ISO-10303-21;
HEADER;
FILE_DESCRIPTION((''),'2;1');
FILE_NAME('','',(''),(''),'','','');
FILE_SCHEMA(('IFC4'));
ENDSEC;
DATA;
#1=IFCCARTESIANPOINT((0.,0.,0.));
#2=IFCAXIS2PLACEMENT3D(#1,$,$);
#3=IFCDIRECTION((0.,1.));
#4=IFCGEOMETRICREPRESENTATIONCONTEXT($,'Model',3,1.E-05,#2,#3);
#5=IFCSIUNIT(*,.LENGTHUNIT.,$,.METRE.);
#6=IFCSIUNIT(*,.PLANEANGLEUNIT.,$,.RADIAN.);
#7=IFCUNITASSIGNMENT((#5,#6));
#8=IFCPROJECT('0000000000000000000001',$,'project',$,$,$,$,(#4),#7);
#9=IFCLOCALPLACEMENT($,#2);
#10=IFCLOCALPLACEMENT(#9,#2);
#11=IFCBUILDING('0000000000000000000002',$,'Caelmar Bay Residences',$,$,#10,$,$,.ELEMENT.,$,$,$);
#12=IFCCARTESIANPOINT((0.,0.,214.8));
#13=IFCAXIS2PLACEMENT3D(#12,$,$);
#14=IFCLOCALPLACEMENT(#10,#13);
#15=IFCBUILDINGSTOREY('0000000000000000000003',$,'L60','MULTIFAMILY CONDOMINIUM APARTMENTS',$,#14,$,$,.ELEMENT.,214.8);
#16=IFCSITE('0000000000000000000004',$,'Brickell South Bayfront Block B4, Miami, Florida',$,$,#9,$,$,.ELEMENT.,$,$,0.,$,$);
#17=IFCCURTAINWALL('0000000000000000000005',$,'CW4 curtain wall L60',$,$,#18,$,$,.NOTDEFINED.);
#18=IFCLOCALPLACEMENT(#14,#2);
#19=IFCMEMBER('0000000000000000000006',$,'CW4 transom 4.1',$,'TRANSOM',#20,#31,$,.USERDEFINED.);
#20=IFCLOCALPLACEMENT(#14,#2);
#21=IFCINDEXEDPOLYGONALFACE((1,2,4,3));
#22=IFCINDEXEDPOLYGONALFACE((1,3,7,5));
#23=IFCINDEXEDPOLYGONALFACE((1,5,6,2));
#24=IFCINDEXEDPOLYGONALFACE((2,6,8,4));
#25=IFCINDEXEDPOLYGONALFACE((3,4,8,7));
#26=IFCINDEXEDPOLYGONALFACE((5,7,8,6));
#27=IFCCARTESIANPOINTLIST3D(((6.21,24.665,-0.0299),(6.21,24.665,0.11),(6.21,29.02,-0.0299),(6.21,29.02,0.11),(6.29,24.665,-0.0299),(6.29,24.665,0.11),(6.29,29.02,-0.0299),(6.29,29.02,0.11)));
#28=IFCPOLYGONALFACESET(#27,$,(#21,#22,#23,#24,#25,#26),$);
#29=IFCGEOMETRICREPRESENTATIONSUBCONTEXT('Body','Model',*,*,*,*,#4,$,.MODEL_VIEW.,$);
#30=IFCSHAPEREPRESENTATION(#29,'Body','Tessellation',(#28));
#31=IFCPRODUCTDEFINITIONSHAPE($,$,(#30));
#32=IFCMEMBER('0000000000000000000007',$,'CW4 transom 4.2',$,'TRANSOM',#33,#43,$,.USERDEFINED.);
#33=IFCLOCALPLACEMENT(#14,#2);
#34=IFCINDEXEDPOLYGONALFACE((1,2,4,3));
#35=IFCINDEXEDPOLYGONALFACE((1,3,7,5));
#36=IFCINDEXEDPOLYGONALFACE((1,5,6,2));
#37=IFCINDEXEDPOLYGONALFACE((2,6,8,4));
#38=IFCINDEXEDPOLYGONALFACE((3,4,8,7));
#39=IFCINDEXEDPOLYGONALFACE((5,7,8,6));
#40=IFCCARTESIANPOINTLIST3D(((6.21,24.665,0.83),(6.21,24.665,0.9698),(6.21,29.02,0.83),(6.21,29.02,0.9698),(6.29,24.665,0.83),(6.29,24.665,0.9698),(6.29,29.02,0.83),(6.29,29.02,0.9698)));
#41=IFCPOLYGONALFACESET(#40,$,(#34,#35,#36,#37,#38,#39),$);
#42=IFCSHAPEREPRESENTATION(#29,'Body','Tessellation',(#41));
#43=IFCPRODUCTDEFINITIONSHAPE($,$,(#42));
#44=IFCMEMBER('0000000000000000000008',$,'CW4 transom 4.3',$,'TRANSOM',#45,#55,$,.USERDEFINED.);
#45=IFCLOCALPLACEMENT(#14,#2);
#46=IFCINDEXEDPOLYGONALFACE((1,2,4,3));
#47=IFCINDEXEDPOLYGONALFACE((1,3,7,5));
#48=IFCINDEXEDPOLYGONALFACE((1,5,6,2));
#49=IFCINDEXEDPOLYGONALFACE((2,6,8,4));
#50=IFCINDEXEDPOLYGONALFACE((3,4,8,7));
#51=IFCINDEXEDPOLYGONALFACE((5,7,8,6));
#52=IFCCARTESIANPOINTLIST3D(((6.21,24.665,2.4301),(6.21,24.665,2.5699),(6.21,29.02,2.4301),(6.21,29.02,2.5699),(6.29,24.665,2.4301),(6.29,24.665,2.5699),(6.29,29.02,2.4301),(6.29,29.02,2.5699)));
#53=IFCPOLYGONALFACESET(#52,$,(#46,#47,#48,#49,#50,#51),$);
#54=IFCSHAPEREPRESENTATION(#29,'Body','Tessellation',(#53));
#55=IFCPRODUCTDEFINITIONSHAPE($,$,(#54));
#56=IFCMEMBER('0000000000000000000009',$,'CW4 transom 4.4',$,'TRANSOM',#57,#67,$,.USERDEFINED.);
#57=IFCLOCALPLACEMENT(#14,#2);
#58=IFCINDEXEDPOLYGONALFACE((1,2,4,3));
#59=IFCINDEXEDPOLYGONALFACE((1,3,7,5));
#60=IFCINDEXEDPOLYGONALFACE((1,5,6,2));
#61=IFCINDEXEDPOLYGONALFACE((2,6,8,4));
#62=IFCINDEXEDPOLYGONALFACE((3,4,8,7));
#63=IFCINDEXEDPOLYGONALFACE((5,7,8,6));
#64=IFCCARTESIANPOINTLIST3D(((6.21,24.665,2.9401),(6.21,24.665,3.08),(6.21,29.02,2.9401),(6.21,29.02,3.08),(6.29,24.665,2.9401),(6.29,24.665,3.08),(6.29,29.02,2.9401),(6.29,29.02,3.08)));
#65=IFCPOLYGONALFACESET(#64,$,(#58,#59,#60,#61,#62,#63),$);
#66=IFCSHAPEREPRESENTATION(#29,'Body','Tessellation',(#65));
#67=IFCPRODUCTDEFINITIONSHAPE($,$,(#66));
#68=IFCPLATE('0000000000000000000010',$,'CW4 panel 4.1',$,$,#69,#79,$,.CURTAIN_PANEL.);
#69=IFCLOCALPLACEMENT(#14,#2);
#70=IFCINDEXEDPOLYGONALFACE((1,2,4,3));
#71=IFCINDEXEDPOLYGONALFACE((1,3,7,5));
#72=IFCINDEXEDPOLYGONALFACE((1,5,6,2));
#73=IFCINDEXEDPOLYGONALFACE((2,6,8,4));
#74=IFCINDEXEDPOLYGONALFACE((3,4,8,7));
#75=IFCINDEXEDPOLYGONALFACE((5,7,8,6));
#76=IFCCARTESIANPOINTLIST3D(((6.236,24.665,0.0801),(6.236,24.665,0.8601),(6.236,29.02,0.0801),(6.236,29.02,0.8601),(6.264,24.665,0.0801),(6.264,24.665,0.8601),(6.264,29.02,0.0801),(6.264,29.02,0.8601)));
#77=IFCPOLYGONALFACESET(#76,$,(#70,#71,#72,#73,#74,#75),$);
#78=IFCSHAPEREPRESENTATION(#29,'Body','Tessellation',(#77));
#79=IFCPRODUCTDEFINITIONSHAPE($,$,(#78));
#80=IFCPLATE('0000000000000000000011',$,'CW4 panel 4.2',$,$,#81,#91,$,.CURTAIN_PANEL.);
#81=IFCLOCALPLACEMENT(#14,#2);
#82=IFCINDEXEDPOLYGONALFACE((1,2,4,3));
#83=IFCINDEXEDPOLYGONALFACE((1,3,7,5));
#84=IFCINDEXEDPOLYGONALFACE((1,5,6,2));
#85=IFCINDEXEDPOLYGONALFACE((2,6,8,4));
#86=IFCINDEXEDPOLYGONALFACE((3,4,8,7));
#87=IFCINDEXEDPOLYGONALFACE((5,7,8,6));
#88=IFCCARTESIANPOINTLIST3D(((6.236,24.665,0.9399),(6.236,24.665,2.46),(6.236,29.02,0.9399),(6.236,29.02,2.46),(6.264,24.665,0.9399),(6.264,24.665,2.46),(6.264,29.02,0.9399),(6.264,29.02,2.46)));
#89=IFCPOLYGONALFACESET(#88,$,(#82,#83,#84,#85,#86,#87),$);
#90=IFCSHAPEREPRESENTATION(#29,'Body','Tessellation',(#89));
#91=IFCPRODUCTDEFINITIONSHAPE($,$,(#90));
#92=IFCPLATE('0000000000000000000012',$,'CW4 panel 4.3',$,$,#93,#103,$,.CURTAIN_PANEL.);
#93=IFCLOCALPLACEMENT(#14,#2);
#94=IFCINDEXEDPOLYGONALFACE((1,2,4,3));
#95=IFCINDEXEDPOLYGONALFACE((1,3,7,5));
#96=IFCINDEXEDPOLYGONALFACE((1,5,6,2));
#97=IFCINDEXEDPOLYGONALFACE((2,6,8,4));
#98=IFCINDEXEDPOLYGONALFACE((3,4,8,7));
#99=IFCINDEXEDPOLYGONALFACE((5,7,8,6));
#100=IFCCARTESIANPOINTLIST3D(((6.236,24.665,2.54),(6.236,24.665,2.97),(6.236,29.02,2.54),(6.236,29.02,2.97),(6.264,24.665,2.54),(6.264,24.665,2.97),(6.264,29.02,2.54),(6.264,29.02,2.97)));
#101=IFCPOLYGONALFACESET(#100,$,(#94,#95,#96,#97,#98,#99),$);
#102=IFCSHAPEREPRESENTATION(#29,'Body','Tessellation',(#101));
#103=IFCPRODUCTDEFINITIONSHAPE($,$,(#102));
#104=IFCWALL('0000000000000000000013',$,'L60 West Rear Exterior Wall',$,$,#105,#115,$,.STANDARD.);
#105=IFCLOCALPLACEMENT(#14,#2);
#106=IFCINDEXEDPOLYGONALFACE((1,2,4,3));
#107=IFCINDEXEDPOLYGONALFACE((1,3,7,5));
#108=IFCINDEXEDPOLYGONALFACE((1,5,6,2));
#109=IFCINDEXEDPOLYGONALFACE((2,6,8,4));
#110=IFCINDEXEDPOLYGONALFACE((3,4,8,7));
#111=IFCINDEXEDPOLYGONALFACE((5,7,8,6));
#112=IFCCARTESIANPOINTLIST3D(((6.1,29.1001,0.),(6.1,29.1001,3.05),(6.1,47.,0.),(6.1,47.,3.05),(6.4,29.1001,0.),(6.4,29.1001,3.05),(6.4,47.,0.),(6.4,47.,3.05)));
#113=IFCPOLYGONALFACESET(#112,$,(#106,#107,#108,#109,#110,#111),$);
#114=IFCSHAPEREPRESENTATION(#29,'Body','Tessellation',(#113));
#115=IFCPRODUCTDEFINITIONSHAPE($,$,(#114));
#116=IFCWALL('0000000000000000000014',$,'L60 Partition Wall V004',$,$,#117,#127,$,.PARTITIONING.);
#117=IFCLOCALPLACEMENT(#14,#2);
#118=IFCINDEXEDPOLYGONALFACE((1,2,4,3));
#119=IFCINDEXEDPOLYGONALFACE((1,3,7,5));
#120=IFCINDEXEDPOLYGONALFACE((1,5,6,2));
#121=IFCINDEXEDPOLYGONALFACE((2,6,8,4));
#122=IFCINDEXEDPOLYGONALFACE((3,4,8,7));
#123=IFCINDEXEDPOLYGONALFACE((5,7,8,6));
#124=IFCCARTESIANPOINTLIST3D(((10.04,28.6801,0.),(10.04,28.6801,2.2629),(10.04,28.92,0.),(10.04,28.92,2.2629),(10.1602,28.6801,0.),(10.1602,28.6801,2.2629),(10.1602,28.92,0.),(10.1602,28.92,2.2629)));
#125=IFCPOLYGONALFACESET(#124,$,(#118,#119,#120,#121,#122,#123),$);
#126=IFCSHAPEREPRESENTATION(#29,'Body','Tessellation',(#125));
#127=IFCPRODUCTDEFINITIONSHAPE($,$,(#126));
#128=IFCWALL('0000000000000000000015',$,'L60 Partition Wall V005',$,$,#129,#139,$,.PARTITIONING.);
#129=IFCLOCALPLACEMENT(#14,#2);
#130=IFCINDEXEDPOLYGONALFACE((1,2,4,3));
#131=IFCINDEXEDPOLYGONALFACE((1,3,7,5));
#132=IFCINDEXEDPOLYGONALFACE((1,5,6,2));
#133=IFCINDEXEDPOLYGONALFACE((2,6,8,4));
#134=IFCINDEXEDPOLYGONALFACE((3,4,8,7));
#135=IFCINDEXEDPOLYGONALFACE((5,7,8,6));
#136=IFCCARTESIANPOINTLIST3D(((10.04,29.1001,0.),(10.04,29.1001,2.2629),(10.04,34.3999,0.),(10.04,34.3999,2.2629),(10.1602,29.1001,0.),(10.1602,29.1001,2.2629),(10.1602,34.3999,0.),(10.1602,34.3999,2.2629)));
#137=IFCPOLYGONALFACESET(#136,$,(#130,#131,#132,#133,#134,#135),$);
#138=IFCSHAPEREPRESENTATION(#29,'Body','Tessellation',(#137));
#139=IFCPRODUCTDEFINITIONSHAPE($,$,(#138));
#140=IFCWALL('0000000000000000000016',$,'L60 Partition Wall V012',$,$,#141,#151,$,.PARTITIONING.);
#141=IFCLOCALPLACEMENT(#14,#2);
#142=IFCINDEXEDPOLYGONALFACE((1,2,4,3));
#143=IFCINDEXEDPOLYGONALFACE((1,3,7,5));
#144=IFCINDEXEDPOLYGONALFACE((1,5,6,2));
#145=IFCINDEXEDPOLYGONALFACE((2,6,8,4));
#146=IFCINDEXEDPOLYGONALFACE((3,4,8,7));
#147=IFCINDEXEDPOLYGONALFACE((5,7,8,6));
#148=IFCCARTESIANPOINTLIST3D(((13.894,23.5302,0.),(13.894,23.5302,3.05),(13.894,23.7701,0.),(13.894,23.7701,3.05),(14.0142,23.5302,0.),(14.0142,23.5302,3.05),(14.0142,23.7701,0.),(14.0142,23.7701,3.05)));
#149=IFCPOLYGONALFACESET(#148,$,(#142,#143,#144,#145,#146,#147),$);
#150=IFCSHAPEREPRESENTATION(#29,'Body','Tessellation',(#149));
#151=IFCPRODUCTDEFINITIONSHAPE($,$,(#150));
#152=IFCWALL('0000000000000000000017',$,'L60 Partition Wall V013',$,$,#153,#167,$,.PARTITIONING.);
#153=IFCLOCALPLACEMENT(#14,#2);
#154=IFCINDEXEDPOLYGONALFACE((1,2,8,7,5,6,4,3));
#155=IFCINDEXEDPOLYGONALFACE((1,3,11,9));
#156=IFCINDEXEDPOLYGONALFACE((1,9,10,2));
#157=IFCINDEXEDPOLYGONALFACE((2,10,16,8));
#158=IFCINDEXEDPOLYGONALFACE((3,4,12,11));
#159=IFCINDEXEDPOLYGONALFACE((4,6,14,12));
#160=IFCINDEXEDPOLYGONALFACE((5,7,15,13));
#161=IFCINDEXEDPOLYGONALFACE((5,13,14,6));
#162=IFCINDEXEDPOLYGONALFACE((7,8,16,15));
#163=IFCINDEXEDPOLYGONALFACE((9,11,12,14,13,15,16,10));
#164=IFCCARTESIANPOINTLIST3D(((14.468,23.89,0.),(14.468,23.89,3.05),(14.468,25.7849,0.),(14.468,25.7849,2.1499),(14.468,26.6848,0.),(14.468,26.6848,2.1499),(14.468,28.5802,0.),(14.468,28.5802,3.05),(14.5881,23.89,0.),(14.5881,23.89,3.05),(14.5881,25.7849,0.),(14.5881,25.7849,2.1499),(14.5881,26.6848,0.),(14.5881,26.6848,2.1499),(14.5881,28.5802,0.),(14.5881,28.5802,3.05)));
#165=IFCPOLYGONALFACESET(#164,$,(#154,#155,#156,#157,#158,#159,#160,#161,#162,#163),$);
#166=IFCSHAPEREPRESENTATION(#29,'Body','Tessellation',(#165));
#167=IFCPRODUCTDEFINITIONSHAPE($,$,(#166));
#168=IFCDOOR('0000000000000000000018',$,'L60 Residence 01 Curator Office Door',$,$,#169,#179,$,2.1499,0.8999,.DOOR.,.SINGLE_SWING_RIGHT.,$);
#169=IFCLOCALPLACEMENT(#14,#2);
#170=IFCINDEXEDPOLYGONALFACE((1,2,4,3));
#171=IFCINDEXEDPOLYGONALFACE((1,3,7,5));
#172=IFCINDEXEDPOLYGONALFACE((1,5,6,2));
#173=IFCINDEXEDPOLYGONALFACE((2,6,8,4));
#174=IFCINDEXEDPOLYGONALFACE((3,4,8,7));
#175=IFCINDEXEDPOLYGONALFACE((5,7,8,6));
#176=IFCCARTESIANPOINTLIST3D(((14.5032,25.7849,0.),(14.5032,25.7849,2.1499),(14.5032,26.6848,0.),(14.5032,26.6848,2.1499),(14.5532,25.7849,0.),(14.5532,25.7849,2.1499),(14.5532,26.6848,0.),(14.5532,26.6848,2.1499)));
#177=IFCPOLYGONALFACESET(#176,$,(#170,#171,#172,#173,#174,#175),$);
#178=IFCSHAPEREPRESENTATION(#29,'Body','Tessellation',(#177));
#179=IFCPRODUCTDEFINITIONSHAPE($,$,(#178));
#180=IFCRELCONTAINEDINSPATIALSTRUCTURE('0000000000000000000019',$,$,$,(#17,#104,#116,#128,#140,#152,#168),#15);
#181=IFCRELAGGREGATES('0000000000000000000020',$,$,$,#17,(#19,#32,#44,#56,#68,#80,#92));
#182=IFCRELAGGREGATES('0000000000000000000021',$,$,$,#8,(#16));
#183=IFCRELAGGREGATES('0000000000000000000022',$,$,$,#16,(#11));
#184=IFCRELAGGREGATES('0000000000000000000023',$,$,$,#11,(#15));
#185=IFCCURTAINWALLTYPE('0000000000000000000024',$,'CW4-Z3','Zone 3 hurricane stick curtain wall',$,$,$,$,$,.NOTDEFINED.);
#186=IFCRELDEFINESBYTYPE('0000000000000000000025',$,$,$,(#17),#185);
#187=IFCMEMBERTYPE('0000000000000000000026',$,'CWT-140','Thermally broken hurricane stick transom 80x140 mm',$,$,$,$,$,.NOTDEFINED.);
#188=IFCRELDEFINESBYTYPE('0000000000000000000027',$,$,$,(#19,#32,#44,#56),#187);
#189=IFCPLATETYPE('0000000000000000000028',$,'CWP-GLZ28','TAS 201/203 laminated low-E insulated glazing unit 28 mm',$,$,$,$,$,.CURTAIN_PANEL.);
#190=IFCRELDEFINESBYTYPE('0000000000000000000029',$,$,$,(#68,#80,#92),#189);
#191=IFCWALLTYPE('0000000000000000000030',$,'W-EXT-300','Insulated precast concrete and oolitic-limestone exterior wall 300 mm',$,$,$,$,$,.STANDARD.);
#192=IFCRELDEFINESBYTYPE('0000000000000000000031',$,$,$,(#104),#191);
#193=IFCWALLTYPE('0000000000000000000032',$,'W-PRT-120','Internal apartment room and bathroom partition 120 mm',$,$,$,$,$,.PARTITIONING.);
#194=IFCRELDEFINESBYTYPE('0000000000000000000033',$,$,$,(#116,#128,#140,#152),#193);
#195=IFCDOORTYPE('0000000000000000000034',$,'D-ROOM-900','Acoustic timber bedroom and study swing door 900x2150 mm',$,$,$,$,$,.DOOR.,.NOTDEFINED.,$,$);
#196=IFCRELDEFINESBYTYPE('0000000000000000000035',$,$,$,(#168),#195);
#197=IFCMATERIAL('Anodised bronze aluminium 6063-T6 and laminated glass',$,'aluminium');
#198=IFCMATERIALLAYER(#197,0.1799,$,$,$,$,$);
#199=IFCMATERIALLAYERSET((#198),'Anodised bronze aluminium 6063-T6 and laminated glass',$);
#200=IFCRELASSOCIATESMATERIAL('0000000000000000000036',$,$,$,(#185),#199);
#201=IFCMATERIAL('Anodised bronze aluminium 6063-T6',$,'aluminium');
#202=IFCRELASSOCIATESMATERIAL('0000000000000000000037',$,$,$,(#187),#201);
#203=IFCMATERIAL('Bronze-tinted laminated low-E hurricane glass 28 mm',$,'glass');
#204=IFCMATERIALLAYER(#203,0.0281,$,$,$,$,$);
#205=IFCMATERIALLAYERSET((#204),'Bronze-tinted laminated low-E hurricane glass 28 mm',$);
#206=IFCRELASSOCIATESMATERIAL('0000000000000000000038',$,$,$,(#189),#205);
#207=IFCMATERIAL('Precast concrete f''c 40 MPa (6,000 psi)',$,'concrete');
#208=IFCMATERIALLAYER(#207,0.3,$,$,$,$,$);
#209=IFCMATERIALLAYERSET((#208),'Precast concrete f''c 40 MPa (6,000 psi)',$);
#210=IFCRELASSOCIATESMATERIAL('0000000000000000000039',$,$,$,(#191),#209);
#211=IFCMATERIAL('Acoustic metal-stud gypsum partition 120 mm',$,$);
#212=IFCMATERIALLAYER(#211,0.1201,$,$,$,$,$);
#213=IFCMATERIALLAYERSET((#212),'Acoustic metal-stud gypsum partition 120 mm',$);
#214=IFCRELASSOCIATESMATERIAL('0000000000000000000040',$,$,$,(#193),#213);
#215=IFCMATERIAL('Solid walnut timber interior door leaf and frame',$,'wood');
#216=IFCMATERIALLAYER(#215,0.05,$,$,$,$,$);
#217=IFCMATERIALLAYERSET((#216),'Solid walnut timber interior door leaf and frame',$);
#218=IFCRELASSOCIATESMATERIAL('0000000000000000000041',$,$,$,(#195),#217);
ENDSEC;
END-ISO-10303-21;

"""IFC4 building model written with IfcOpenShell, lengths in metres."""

from ifc_helpers import new_model, si_unit, direction, frame, frame_2d, origin, origin_2d, place, context, subcontext, project, spatial, rectangle, extrude, material, layer, layer_set, material_profile, profile_set, type_object, element, fill, aggregate, save


model = new_model("IFC4")

# Units and contexts
model_context = context("Model", 3, precision=1e-05, world=origin(), true_north=direction((0.0, 1.0)))
body_context = subcontext(model_context, "Body", "Model", "MODEL_VIEW")
ifc_project = project(units=[si_unit("LENGTHUNIT", "METRE"), si_unit("PLANEANGLEUNIT", "RADIAN")], contexts=[model_context])

# Site, building, storey
site_placement = place(None, origin())
site = spatial("IfcSite", under=ifc_project, at=site_placement, Name="Brickell South Bayfront Block B4, Miami, Florida", CompositionType="ELEMENT", RefElevation=0.0)
building_placement = place(site_placement, origin())
building = spatial("IfcBuilding", under=site, at=building_placement, Name="Caelmar Bay Residences", CompositionType="ELEMENT")
storey_placement = place(building_placement, frame((0.0, 0.0, 214.8)))
storey = spatial("IfcBuildingStorey", under=building, at=storey_placement, Name="L60", Description="MULTIFAMILY CONDOMINIUM APARTMENTS", CompositionType="ELEMENT", Elevation=214.8)

# Curtain wall, members, plates
ifc_material_1 = material(Name="Anodised bronze aluminium 6063-T6 and laminated glass", Category="aluminium")
ifc_layer_1 = layer(ifc_material_1, 0.1799)
ifc_layer_set_1 = layer_set([ifc_layer_1], Name="Anodised bronze aluminium 6063-T6 and laminated glass")
curtain_wall_type = type_object("IfcCurtainWallType", Name="CW4-Z3", Description="Zone 3 hurricane stick curtain wall", PredefinedType="NOTDEFINED", material=ifc_layer_set_1)
curtain_wall_placement = place(storey_placement, origin())
curtain_wall = element("IfcCurtainWall", 1, at=curtain_wall_placement, inside=storey, type_object=curtain_wall_type, Name="CW4 curtain wall L60", PredefinedType="NOTDEFINED")
ifc_material_2 = material(Name="Anodised bronze aluminium 6063-T6", Category="aluminium")
ifc_material_profile_1 = material_profile(ifc_material_2, rectangle(XDim=0.0801, YDim=0.1399, at=origin_2d()), Name="CWT-80X140")
ifc_profile_set_1 = profile_set([ifc_material_profile_1], Name="Anodised bronze aluminium 6063-T6")
member_type_1 = type_object("IfcMemberType", Name="CWT-140", Description="Thermally broken hurricane stick transom 80x140 mm", PredefinedType="NOTDEFINED", material=ifc_profile_set_1)
member_1_placement = place(storey_placement, frame((6.25, 24.665, 0.04), z_axis=(0.0, 1.0, 0.0), x_axis=(-1.0, 0.0, 0.0)))
member_1 = element("IfcMember", 2, at=member_1_placement, type_object=member_type_1, Name="CW4 transom 4.1", ObjectType="TRANSOM", PredefinedType="USERDEFINED", context=body_context, shape_type="SweptSolid", body=[
    extrude(rectangle(XDim=0.0801, YDim=0.1399, at=origin_2d()), origin(), (0.0, 0.0, 1.0), 4.355),
])
member_2_placement = place(storey_placement, frame((6.25, 24.665, 0.8999), z_axis=(0.0, 1.0, 0.0), x_axis=(-1.0, 0.0, 0.0)))
member_2 = element("IfcMember", 3, at=member_2_placement, type_object=member_type_1, Name="CW4 transom 4.2", ObjectType="TRANSOM", PredefinedType="USERDEFINED", context=body_context, shape_type="SweptSolid", body=[
    extrude(rectangle(XDim=0.0801, YDim=0.1399, at=origin_2d()), origin(), (0.0, 0.0, 1.0), 4.355),
])
member_3_placement = place(storey_placement, frame((6.25, 24.665, 2.5), z_axis=(0.0, 1.0, 0.0), x_axis=(-1.0, 0.0, 0.0)))
member_3 = element("IfcMember", 4, at=member_3_placement, type_object=member_type_1, Name="CW4 transom 4.3", ObjectType="TRANSOM", PredefinedType="USERDEFINED", context=body_context, shape_type="SweptSolid", body=[
    extrude(rectangle(XDim=0.0801, YDim=0.1399, at=origin_2d()), origin(), (0.0, 0.0, 1.0), 4.355),
])
member_4_placement = place(storey_placement, frame((6.25, 24.665, 3.01), z_axis=(0.0, 1.0, 0.0), x_axis=(-1.0, 0.0, 0.0)))
member_4 = element("IfcMember", 5, at=member_4_placement, type_object=member_type_1, Name="CW4 transom 4.4", ObjectType="TRANSOM", PredefinedType="USERDEFINED", context=body_context, shape_type="SweptSolid", body=[
    extrude(rectangle(XDim=0.0801, YDim=0.1399, at=origin_2d()), origin(), (0.0, 0.0, 1.0), 4.355),
])
ifc_material_3 = material(Name="Bronze-tinted laminated low-E hurricane glass 28 mm", Category="glass")
ifc_layer_2 = layer(ifc_material_3, 0.0281)
ifc_layer_set_2 = layer_set([ifc_layer_2], Name="Bronze-tinted laminated low-E hurricane glass 28 mm")
plate_type = type_object("IfcPlateType", Name="CWP-GLZ28", Description="TAS 201/203 laminated low-E insulated glazing unit 28 mm", PredefinedType="CURTAIN_PANEL", material=ifc_layer_set_2)
plate_1_placement = place(storey_placement, frame((6.25, 26.8425, 0.0801), z_axis=(0.0, 0.0, 1.0), x_axis=(0.0, 1.0, 0.0)))
plate_1 = element("IfcPlate", 6, at=plate_1_placement, type_object=plate_type, Name="CW4 panel 4.1", PredefinedType="CURTAIN_PANEL", context=body_context, shape_type="SweptSolid", body=[
    extrude(rectangle(XDim=4.355, YDim=0.0281, at=origin_2d()), origin(), (0.0, 0.0, 1.0), 0.78),
])
plate_2_placement = place(storey_placement, frame((6.25, 26.8425, 0.9399), z_axis=(0.0, 0.0, 1.0), x_axis=(0.0, 1.0, 0.0)))
plate_2 = element("IfcPlate", 7, at=plate_2_placement, type_object=plate_type, Name="CW4 panel 4.2", PredefinedType="CURTAIN_PANEL", context=body_context, shape_type="SweptSolid", body=[
    extrude(rectangle(XDim=4.355, YDim=0.0281, at=origin_2d()), origin(), (0.0, 0.0, 1.0), 1.52),
])
plate_3_placement = place(storey_placement, frame((6.25, 26.8425, 2.54), z_axis=(0.0, 0.0, 1.0), x_axis=(0.0, 1.0, 0.0)))
plate_3 = element("IfcPlate", 8, at=plate_3_placement, type_object=plate_type, Name="CW4 panel 4.3", PredefinedType="CURTAIN_PANEL", context=body_context, shape_type="SweptSolid", body=[
    extrude(rectangle(XDim=4.355, YDim=0.0281, at=origin_2d()), origin(), (0.0, 0.0, 1.0), 0.4299),
])
aggregate(curtain_wall, [member_1, member_2, member_3, member_4, plate_1, plate_2, plate_3])

# Wall
ifc_material_4 = material(Name="Precast concrete f'c 40 MPa (6,000 psi)", Category="concrete")
ifc_layer_3 = layer(ifc_material_4, 0.3)
ifc_layer_set_3 = layer_set([ifc_layer_3], Name="Precast concrete f'c 40 MPa (6,000 psi)")
wall_type_1 = type_object("IfcWallType", Name="W-EXT-300", Description="Insulated precast concrete and oolitic-limestone exterior wall 300 mm", PredefinedType="STANDARD", material=ifc_layer_set_3)
wall_1_placement = place(storey_placement, frame((6.25, 29.1001, 0.0), z_axis=(0.0, 0.0, 1.0), x_axis=(0.0, 1.0, 0.0)))
element("IfcWall", 9, at=wall_1_placement, inside=storey, type_object=wall_type_1, Name="L60 West Rear Exterior Wall", PredefinedType="STANDARD", context=body_context, shape_type="SweptSolid", body=[
    extrude(rectangle(XDim=17.8999, YDim=0.3, at=frame_2d((8.95, 0.0))), origin(), (0.0, 0.0, 1.0), 3.05),
])

# Shared definitions
ifc_material_5 = material(Name="Acoustic metal-stud gypsum partition 120 mm")
ifc_layer_4 = layer(ifc_material_5, 0.1201)
ifc_layer_set_4 = layer_set([ifc_layer_4], Name="Acoustic metal-stud gypsum partition 120 mm")
wall_type_2 = type_object("IfcWallType", Name="W-PRT-120", Description="Internal apartment room and bathroom partition 120 mm", PredefinedType="PARTITIONING", material=ifc_layer_set_4)
ifc_material_6 = material(Name="Solid walnut timber interior door leaf and frame", Category="wood")
ifc_layer_5 = layer(ifc_material_6, 0.05)
ifc_layer_set_5 = layer_set([ifc_layer_5], Name="Solid walnut timber interior door leaf and frame")
door_type_1 = type_object("IfcDoorType", Name="D-ROOM-900", Description="Acoustic timber bedroom and study swing door 900x2150 mm", OperationType="NOTDEFINED", PredefinedType="DOOR", material=ifc_layer_set_5)

# Walls
wall_2_placement = place(storey_placement, frame((10.1001, 28.6799, 0.0), z_axis=(0.0, 0.0, 1.0), x_axis=(0.0, 1.0, 0.0)))
element("IfcWall", 10, at=wall_2_placement, inside=storey, type_object=wall_type_2, Name="L60 Partition Wall V004", PredefinedType="PARTITIONING", context=body_context, shape_type="SweptSolid", body=[
    extrude(rectangle(XDim=0.24, YDim=0.1201, at=frame_2d((0.1201, 0.0))), origin(), (0.0, 0.0, 1.0), 2.2629),
])
wall_3_placement = place(storey_placement, frame((10.1001, 29.1001, 0.0), z_axis=(0.0, 0.0, 1.0), x_axis=(0.0, 1.0, 0.0)))
element("IfcWall", 11, at=wall_3_placement, inside=storey, type_object=wall_type_2, Name="L60 Partition Wall V005", PredefinedType="PARTITIONING", context=body_context, shape_type="SweptSolid", body=[
    extrude(rectangle(XDim=5.2998, YDim=0.1201, at=frame_2d((2.6499, 0.0))), origin(), (0.0, 0.0, 1.0), 2.2629),
])
wall_4_placement = place(storey_placement, frame((13.9541, 23.53, 0.0), z_axis=(0.0, 0.0, 1.0), x_axis=(0.0, 1.0, 0.0)))
element("IfcWall", 12, at=wall_4_placement, inside=storey, type_object=wall_type_2, Name="L60 Partition Wall V012", PredefinedType="PARTITIONING", context=body_context, shape_type="SweptSolid", body=[
    extrude(rectangle(XDim=0.24, YDim=0.1201, at=frame_2d((0.1201, 0.0))), origin(), (0.0, 0.0, 1.0), 3.05),
])

# Wall, opening, door
wall_5_placement = place(storey_placement, frame((14.5281, 23.8899, 0.0), z_axis=(0.0, 0.0, 1.0), x_axis=(0.0, 1.0, 0.0)))
wall_5 = element("IfcWall", 13, at=wall_5_placement, inside=storey, type_object=wall_type_2, Name="L60 Partition Wall V013", PredefinedType="PARTITIONING", context=body_context, shape_type="SweptSolid", body=[
    extrude(rectangle(XDim=4.6902, YDim=0.1201, at=frame_2d((2.3452, 0.0))), origin(), (0.0, 0.0, 1.0), 3.05),
])
opening_1_placement = place(wall_5_placement, frame((1.895, 0.0, 0.0)))
opening_1 = element("IfcOpeningElement", 14, at=opening_1_placement, cuts=wall_5, PredefinedType="OPENING", context=body_context, shape_type="SweptSolid", body=[
    extrude(rectangle(XDim=0.8999, YDim=2.1499, at=frame_2d((0.45, 1.075))), frame((0.0, 0.0701, 0.0), z_axis=(0.0, -1.0, 0.0), x_axis=(1.0, 0.0, 0.0)), (0.0, 0.0, 1.0), 0.1401),
])
door_1_placement = place(opening_1_placement, origin())
door_1 = element("IfcDoor", 15, at=door_1_placement, inside=storey, type_object=door_type_1, Name="L60 Residence 01 Curator Office Door", OperationType="SINGLE_SWING_RIGHT", OverallHeight=2.1499, OverallWidth=0.8999, PredefinedType="DOOR", context=body_context, shape_type="SweptSolid", body=[
    extrude(rectangle(XDim=0.8999, YDim=2.1499, at=frame_2d((0.45, 1.075))), frame((0.0, 0.0249, 0.0), z_axis=(0.0, -1.0, 0.0), x_axis=(1.0, 0.0, 0.0)), (0.0, 0.0, 1.0), 0.05),
])
fill(opening_1, door_1)

save(model, "model.ifc")
